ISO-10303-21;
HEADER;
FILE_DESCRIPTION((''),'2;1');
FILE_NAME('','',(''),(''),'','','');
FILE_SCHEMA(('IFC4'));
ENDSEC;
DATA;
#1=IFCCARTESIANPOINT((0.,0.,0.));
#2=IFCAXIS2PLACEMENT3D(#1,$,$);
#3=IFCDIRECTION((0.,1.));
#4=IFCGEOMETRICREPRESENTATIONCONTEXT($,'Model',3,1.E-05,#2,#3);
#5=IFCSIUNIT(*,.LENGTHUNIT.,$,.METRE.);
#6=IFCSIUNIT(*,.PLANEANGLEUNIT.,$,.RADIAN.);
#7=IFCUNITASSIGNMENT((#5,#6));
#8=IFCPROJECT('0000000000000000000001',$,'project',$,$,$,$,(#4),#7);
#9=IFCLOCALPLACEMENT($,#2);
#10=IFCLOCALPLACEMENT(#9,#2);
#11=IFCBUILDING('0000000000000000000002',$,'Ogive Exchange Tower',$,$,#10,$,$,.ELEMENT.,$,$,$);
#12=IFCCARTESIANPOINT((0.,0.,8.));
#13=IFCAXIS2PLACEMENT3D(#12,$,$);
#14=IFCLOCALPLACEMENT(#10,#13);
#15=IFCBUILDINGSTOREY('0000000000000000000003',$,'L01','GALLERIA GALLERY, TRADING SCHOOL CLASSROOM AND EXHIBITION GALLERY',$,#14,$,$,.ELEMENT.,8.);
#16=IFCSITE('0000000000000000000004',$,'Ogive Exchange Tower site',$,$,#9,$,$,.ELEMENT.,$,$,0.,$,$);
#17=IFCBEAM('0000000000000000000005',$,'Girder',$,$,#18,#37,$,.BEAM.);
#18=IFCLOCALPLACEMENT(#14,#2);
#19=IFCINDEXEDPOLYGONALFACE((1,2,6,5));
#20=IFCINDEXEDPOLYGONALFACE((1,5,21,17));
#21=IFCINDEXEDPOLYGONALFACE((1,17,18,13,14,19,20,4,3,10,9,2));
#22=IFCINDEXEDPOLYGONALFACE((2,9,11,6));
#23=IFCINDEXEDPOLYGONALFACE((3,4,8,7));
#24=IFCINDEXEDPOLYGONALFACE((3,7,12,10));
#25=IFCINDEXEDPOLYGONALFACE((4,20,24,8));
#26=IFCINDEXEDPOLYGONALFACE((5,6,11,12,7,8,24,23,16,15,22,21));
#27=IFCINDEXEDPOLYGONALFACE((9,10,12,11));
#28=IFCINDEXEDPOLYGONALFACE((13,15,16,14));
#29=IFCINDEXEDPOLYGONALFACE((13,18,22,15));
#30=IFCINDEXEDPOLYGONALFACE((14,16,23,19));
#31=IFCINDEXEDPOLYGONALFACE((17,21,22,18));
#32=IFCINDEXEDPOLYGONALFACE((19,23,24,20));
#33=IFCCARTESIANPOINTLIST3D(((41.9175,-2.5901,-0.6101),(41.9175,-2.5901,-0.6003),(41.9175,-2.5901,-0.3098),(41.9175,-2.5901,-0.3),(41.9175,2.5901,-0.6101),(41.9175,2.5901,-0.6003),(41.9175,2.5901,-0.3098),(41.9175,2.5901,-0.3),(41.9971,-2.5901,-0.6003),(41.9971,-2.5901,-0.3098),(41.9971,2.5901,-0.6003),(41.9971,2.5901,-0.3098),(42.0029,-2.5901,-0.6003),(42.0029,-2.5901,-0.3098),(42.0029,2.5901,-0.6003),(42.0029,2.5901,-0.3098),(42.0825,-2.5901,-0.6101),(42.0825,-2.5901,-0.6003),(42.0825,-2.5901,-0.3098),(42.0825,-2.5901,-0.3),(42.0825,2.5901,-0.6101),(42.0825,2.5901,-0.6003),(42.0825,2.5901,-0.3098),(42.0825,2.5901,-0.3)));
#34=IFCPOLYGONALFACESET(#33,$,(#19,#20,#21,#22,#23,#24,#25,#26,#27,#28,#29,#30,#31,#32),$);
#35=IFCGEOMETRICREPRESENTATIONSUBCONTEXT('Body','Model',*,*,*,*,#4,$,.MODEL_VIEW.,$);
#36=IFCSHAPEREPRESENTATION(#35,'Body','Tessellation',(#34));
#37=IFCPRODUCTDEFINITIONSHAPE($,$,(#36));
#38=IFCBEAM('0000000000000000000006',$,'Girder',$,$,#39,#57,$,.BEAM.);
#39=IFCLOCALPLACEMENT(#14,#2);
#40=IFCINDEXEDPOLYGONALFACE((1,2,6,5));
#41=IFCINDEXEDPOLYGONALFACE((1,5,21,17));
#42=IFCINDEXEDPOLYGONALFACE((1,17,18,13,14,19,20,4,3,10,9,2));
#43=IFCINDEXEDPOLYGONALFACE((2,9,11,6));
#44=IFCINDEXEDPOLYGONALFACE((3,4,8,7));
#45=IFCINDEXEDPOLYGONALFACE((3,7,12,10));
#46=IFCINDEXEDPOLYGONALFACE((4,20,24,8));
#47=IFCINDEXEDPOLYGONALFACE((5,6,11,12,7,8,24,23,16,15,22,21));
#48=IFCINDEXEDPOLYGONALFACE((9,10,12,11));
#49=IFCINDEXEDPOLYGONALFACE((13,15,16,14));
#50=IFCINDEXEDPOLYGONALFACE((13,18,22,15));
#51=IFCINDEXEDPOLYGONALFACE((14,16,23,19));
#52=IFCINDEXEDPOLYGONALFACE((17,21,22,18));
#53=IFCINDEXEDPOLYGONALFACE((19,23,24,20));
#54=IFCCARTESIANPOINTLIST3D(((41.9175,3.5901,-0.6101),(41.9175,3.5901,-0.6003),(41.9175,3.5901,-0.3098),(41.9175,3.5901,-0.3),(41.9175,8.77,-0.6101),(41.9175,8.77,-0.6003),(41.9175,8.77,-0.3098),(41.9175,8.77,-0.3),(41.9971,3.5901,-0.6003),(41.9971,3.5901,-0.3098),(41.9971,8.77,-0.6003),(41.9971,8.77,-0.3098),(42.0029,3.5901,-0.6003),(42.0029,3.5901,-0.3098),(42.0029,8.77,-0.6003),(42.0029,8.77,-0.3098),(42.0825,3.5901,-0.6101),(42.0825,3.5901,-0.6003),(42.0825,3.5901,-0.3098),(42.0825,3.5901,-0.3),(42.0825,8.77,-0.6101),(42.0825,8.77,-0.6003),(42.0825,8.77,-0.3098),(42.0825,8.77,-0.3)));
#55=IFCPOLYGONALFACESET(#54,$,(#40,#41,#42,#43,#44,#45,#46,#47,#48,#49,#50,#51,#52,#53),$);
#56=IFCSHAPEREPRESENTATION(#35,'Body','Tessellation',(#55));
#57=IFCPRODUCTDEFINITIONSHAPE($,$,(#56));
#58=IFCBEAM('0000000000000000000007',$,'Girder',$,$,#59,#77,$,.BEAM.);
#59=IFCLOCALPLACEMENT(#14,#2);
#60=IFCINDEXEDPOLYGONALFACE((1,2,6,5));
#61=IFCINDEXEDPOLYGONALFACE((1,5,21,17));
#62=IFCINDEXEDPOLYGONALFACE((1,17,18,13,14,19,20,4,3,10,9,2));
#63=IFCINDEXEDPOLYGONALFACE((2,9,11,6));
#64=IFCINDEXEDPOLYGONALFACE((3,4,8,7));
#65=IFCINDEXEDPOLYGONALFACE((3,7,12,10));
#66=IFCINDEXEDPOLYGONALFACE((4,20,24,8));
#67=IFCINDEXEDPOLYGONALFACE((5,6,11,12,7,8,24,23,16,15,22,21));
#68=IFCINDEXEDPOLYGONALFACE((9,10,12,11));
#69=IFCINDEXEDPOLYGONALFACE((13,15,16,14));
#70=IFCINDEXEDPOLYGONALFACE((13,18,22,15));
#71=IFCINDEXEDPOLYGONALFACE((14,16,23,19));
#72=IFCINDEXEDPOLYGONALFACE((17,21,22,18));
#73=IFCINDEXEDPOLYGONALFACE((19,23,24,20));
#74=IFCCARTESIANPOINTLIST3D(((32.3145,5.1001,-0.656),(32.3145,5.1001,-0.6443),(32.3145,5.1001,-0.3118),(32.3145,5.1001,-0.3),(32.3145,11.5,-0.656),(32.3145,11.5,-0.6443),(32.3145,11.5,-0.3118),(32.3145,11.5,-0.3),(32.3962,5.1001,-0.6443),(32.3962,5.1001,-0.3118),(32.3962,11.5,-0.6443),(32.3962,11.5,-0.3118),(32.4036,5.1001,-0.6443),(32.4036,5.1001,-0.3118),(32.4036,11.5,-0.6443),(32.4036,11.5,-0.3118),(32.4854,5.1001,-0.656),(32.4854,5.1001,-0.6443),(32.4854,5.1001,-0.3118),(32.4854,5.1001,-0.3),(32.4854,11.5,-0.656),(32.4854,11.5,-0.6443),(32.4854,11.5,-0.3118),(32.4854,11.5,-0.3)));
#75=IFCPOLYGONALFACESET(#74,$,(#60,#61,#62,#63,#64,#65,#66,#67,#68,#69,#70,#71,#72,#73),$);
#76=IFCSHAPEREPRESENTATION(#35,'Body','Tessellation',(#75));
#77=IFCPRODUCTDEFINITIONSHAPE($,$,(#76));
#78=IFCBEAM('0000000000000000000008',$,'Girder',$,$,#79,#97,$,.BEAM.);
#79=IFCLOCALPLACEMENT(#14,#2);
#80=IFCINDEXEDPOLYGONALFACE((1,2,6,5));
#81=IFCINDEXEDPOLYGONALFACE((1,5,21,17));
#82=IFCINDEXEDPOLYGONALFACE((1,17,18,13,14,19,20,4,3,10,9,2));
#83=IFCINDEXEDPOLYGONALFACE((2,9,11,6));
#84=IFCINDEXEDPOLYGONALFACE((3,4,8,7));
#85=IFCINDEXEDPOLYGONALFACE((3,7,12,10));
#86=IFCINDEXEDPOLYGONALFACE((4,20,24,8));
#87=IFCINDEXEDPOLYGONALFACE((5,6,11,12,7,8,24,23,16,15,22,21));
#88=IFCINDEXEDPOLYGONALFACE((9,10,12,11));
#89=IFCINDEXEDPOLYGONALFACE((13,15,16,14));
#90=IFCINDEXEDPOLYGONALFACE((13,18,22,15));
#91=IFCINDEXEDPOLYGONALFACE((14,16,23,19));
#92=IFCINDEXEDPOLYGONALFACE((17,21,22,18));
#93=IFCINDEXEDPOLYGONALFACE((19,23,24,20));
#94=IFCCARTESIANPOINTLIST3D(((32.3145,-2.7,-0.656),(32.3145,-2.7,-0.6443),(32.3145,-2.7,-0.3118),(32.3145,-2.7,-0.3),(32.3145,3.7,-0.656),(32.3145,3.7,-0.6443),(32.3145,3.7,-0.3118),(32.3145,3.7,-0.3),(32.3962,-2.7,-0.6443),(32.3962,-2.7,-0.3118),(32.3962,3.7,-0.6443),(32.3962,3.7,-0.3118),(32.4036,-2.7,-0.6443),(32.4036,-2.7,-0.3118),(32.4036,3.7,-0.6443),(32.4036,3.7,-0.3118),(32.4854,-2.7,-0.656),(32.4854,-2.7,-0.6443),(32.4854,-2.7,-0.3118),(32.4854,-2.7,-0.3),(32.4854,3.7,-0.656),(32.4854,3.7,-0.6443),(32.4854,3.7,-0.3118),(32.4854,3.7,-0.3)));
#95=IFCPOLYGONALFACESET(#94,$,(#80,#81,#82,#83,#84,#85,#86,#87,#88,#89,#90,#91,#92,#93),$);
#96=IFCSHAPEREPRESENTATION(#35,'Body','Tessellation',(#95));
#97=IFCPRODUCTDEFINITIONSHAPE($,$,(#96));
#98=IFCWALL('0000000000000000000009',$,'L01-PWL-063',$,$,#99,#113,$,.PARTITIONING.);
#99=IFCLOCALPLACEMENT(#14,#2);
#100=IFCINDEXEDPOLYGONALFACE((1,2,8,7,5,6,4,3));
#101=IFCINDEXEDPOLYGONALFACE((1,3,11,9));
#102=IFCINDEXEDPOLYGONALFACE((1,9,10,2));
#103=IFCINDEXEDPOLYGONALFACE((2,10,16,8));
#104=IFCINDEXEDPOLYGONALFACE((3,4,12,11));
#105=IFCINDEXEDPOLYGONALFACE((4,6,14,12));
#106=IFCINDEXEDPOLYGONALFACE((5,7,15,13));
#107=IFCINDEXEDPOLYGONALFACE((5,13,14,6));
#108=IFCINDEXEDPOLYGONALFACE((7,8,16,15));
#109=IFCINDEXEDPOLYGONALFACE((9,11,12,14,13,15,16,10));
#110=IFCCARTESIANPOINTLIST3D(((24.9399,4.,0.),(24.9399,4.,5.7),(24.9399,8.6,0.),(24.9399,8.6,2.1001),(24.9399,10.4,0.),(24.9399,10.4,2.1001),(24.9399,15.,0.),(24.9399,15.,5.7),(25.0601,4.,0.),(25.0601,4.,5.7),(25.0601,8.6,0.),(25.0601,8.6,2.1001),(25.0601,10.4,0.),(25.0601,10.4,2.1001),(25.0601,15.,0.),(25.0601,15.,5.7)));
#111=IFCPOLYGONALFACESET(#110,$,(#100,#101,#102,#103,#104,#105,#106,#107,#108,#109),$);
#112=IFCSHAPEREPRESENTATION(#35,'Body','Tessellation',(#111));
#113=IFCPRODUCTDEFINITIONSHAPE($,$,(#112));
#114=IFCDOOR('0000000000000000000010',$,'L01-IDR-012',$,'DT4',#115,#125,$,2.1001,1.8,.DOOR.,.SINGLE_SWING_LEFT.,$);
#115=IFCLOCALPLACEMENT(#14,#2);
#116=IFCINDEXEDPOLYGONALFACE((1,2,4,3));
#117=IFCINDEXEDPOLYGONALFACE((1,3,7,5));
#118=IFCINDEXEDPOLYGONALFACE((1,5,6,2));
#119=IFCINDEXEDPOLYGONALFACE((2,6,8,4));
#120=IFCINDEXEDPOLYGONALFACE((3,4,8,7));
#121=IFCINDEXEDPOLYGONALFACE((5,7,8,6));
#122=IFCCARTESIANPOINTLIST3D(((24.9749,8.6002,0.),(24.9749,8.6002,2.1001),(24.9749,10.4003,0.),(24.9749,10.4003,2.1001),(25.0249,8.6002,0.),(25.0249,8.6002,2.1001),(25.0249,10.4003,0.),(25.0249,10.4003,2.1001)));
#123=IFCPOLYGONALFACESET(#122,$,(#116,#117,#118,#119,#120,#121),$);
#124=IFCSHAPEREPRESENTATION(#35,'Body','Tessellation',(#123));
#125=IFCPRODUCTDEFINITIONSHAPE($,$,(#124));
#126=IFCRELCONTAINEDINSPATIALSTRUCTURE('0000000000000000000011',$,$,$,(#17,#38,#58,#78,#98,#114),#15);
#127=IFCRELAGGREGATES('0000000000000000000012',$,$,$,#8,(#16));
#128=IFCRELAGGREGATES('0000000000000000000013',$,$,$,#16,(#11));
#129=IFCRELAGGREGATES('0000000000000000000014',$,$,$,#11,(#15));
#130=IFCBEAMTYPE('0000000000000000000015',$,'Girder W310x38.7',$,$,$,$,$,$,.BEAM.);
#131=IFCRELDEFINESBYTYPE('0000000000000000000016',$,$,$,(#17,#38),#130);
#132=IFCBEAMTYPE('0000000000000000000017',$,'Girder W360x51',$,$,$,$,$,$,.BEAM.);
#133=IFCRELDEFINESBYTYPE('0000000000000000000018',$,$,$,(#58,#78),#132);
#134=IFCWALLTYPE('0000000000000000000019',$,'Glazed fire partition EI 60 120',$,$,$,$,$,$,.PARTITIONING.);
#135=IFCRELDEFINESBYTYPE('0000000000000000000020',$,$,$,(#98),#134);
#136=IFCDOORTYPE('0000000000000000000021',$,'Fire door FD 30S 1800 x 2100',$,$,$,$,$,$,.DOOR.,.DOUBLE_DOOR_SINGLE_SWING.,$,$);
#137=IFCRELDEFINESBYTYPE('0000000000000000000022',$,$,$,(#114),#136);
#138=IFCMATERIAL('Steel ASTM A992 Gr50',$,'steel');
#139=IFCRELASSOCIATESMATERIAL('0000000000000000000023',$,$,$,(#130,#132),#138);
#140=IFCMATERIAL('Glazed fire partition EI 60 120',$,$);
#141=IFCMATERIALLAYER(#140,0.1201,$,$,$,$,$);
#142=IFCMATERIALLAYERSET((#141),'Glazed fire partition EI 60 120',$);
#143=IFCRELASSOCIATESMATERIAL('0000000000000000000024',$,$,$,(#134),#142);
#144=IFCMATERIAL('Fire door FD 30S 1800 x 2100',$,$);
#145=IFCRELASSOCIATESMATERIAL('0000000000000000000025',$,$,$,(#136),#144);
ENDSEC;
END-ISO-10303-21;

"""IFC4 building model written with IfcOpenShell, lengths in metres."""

from ifc_helpers import new_model, si_unit, direction, frame, frame_2d, origin, origin_2d, place, context, subcontext, project, spatial, rectangle, i_section, extrude, material, layer, layer_set, material_profile, profile_set, type_object, element, fill, save


model = new_model("IFC4")

# Units and contexts
model_context = context("Model", 3, precision=1e-05, world=origin(), true_north=direction((0.0, 1.0)))
body_context = subcontext(model_context, "Body", "Model", "MODEL_VIEW")
ifc_project = project(units=[si_unit("LENGTHUNIT", "METRE"), si_unit("PLANEANGLEUNIT", "RADIAN")], contexts=[model_context])

# Site, building, storey
site_placement = place(None, origin())
site = spatial("IfcSite", under=ifc_project, at=site_placement, Name="Ogive Exchange Tower site", CompositionType="ELEMENT", RefElevation=0.0)
building_placement = place(site_placement, origin())
building = spatial("IfcBuilding", under=site, at=building_placement, Name="Ogive Exchange Tower", CompositionType="ELEMENT")
storey_placement = place(building_placement, frame((0.0, 0.0, 8.0)))
storey = spatial("IfcBuildingStorey", under=building, at=storey_placement, Name="L01", Description="GALLERIA GALLERY, TRADING SCHOOL CLASSROOM AND EXHIBITION GALLERY", CompositionType="ELEMENT", Elevation=8.0)

# Beams
ifc_material_1 = material(Name="Steel ASTM A992 Gr50", Category="steel")
ifc_material_profile_1 = material_profile(ifc_material_1, i_section(OverallWidth=0.165, OverallDepth=0.3101, WebThickness=0.0059, FlangeThickness=0.0098, at=origin_2d()), Name="W310x38.7")
ifc_profile_set_1 = profile_set([ifc_material_profile_1], Name="Steel ASTM A992 Gr50")
beam_type_1 = type_object("IfcBeamType", Name="Girder W310x38.7", PredefinedType="BEAM", material=ifc_profile_set_1)
beam_1_placement = place(storey_placement, frame((42.0, -2.5901, -0.4551), z_axis=(0.0, 1.0, 0.0), x_axis=(-1.0, 0.0, 0.0)))
element("IfcBeam", 1, at=beam_1_placement, inside=storey, type_object=beam_type_1, Name="Girder", PredefinedType="BEAM", context=body_context, shape_type="SweptSolid", body=[
    extrude(i_section(OverallWidth=0.165, OverallDepth=0.3101, WebThickness=0.0059, FlangeThickness=0.0098, at=origin_2d()), origin(), (0.0, 0.0, 1.0), 5.1802),
])
beam_2_placement = place(storey_placement, frame((42.0, 3.5901, -0.4551), z_axis=(0.0, 1.0, 0.0), x_axis=(-1.0, 0.0, 0.0)))
element("IfcBeam", 2, at=beam_2_placement, inside=storey, type_object=beam_type_1, Name="Girder", PredefinedType="BEAM", context=body_context, shape_type="SweptSolid", body=[
    extrude(i_section(OverallWidth=0.165, OverallDepth=0.3101, WebThickness=0.0059, FlangeThickness=0.0098, at=origin_2d()), origin(), (0.0, 0.0, 1.0), 5.1799),
])
ifc_material_profile_2 = material_profile(ifc_material_1, i_section(OverallWidth=0.1709, OverallDepth=0.356, WebThickness=0.0073, FlangeThickness=0.0117, at=origin_2d()), Name="W360x51")
ifc_profile_set_2 = profile_set([ifc_material_profile_2], Name="Steel ASTM A992 Gr50")
beam_type_2 = type_object("IfcBeamType", Name="Girder W360x51", PredefinedType="BEAM", material=ifc_profile_set_2)
for number, where, z_axis, x_axis, name in (
    (3, (32.3999, 5.1001, -0.478), (0.0, 1.0, 0.0), (-1.0, 0.0, 0.0), "Girder"),
    (4, (32.3999, -2.7, -0.478), (0.0, 1.0, 0.0), (-1.0, 0.0, 0.0), "Girder"),
):
    element("IfcBeam", number, at=place(storey_placement, frame(where, z_axis=z_axis, x_axis=x_axis)), inside=storey, type_object=beam_type_2, Name=name, PredefinedType="BEAM", context=body_context, shape_type="SweptSolid", body=[
        extrude(i_section(OverallWidth=0.1709, OverallDepth=0.356, WebThickness=0.0073, FlangeThickness=0.0117, at=origin_2d()), origin(), (0.0, 0.0, 1.0), 6.3999),
    ])

# Wall, opening, door
ifc_material_2 = material(Name="Glazed fire partition EI 60 120")
ifc_layer_1 = layer(ifc_material_2, 0.1201)
ifc_layer_set_1 = layer_set([ifc_layer_1], Name="Glazed fire partition EI 60 120")
wall_type_1 = type_object("IfcWallType", Name="Glazed fire partition EI 60 120", PredefinedType="PARTITIONING", material=ifc_layer_set_1)
wall_1_placement = place(storey_placement, frame((25.0, 4.0, 0.0), z_axis=(0.0, 0.0, 1.0), x_axis=(0.0, 1.0, 0.0)))
wall_1 = element("IfcWall", 5, at=wall_1_placement, inside=storey, type_object=wall_type_1, Name="L01-PWL-063", PredefinedType="PARTITIONING", context=body_context, shape_type="SweptSolid", body=[
    extrude(rectangle(XDim=11.0, YDim=0.1201, at=frame_2d((5.5, 0.0))), origin(), (0.0, 0.0, 1.0), 5.7),
])
opening_1_placement = place(wall_1_placement, frame((4.6001, 0.0, 0.0)))
opening_1 = element("IfcOpeningElement", 6, at=opening_1_placement, cuts=wall_1, PredefinedType="OPENING", context=body_context, shape_type="SweptSolid", body=[
    extrude(rectangle(XDim=1.8, YDim=2.1001, at=frame_2d((0.8999, 1.05))), frame((0.0, 0.0701, 0.0), z_axis=(0.0, -1.0, 0.0), x_axis=(1.0, 0.0, 0.0)), (0.0, 0.0, 1.0), 0.1401),
])
ifc_material_3 = material(Name="Fire door FD 30S 1800 x 2100")
door_type = type_object("IfcDoorType", Name="Fire door FD 30S 1800 x 2100", OperationType="DOUBLE_DOOR_SINGLE_SWING", PredefinedType="DOOR", material=ifc_material_3)
door_placement = place(opening_1_placement, frame((1.8, 0.0, 0.0), z_axis=(0.0, 0.0, 1.0), x_axis=(-1.0, 0.0, 0.0)))
door = element("IfcDoor", 7, at=door_placement, inside=storey, type_object=door_type, Name="L01-IDR-012", ObjectType="DT4", OperationType="SINGLE_SWING_LEFT", OverallHeight=2.1001, OverallWidth=1.8, PredefinedType="DOOR", context=body_context, shape_type="SweptSolid", body=[
    extrude(rectangle(XDim=1.8, YDim=2.1001, at=frame_2d((0.8999, 1.05))), frame((0.0, 0.0249, 0.0), z_axis=(0.0, -1.0, 0.0), x_axis=(1.0, 0.0, 0.0)), (0.0, 0.0, 1.0), 0.05),
])
fill(opening_1, door)

save(model, "model.ifc")
